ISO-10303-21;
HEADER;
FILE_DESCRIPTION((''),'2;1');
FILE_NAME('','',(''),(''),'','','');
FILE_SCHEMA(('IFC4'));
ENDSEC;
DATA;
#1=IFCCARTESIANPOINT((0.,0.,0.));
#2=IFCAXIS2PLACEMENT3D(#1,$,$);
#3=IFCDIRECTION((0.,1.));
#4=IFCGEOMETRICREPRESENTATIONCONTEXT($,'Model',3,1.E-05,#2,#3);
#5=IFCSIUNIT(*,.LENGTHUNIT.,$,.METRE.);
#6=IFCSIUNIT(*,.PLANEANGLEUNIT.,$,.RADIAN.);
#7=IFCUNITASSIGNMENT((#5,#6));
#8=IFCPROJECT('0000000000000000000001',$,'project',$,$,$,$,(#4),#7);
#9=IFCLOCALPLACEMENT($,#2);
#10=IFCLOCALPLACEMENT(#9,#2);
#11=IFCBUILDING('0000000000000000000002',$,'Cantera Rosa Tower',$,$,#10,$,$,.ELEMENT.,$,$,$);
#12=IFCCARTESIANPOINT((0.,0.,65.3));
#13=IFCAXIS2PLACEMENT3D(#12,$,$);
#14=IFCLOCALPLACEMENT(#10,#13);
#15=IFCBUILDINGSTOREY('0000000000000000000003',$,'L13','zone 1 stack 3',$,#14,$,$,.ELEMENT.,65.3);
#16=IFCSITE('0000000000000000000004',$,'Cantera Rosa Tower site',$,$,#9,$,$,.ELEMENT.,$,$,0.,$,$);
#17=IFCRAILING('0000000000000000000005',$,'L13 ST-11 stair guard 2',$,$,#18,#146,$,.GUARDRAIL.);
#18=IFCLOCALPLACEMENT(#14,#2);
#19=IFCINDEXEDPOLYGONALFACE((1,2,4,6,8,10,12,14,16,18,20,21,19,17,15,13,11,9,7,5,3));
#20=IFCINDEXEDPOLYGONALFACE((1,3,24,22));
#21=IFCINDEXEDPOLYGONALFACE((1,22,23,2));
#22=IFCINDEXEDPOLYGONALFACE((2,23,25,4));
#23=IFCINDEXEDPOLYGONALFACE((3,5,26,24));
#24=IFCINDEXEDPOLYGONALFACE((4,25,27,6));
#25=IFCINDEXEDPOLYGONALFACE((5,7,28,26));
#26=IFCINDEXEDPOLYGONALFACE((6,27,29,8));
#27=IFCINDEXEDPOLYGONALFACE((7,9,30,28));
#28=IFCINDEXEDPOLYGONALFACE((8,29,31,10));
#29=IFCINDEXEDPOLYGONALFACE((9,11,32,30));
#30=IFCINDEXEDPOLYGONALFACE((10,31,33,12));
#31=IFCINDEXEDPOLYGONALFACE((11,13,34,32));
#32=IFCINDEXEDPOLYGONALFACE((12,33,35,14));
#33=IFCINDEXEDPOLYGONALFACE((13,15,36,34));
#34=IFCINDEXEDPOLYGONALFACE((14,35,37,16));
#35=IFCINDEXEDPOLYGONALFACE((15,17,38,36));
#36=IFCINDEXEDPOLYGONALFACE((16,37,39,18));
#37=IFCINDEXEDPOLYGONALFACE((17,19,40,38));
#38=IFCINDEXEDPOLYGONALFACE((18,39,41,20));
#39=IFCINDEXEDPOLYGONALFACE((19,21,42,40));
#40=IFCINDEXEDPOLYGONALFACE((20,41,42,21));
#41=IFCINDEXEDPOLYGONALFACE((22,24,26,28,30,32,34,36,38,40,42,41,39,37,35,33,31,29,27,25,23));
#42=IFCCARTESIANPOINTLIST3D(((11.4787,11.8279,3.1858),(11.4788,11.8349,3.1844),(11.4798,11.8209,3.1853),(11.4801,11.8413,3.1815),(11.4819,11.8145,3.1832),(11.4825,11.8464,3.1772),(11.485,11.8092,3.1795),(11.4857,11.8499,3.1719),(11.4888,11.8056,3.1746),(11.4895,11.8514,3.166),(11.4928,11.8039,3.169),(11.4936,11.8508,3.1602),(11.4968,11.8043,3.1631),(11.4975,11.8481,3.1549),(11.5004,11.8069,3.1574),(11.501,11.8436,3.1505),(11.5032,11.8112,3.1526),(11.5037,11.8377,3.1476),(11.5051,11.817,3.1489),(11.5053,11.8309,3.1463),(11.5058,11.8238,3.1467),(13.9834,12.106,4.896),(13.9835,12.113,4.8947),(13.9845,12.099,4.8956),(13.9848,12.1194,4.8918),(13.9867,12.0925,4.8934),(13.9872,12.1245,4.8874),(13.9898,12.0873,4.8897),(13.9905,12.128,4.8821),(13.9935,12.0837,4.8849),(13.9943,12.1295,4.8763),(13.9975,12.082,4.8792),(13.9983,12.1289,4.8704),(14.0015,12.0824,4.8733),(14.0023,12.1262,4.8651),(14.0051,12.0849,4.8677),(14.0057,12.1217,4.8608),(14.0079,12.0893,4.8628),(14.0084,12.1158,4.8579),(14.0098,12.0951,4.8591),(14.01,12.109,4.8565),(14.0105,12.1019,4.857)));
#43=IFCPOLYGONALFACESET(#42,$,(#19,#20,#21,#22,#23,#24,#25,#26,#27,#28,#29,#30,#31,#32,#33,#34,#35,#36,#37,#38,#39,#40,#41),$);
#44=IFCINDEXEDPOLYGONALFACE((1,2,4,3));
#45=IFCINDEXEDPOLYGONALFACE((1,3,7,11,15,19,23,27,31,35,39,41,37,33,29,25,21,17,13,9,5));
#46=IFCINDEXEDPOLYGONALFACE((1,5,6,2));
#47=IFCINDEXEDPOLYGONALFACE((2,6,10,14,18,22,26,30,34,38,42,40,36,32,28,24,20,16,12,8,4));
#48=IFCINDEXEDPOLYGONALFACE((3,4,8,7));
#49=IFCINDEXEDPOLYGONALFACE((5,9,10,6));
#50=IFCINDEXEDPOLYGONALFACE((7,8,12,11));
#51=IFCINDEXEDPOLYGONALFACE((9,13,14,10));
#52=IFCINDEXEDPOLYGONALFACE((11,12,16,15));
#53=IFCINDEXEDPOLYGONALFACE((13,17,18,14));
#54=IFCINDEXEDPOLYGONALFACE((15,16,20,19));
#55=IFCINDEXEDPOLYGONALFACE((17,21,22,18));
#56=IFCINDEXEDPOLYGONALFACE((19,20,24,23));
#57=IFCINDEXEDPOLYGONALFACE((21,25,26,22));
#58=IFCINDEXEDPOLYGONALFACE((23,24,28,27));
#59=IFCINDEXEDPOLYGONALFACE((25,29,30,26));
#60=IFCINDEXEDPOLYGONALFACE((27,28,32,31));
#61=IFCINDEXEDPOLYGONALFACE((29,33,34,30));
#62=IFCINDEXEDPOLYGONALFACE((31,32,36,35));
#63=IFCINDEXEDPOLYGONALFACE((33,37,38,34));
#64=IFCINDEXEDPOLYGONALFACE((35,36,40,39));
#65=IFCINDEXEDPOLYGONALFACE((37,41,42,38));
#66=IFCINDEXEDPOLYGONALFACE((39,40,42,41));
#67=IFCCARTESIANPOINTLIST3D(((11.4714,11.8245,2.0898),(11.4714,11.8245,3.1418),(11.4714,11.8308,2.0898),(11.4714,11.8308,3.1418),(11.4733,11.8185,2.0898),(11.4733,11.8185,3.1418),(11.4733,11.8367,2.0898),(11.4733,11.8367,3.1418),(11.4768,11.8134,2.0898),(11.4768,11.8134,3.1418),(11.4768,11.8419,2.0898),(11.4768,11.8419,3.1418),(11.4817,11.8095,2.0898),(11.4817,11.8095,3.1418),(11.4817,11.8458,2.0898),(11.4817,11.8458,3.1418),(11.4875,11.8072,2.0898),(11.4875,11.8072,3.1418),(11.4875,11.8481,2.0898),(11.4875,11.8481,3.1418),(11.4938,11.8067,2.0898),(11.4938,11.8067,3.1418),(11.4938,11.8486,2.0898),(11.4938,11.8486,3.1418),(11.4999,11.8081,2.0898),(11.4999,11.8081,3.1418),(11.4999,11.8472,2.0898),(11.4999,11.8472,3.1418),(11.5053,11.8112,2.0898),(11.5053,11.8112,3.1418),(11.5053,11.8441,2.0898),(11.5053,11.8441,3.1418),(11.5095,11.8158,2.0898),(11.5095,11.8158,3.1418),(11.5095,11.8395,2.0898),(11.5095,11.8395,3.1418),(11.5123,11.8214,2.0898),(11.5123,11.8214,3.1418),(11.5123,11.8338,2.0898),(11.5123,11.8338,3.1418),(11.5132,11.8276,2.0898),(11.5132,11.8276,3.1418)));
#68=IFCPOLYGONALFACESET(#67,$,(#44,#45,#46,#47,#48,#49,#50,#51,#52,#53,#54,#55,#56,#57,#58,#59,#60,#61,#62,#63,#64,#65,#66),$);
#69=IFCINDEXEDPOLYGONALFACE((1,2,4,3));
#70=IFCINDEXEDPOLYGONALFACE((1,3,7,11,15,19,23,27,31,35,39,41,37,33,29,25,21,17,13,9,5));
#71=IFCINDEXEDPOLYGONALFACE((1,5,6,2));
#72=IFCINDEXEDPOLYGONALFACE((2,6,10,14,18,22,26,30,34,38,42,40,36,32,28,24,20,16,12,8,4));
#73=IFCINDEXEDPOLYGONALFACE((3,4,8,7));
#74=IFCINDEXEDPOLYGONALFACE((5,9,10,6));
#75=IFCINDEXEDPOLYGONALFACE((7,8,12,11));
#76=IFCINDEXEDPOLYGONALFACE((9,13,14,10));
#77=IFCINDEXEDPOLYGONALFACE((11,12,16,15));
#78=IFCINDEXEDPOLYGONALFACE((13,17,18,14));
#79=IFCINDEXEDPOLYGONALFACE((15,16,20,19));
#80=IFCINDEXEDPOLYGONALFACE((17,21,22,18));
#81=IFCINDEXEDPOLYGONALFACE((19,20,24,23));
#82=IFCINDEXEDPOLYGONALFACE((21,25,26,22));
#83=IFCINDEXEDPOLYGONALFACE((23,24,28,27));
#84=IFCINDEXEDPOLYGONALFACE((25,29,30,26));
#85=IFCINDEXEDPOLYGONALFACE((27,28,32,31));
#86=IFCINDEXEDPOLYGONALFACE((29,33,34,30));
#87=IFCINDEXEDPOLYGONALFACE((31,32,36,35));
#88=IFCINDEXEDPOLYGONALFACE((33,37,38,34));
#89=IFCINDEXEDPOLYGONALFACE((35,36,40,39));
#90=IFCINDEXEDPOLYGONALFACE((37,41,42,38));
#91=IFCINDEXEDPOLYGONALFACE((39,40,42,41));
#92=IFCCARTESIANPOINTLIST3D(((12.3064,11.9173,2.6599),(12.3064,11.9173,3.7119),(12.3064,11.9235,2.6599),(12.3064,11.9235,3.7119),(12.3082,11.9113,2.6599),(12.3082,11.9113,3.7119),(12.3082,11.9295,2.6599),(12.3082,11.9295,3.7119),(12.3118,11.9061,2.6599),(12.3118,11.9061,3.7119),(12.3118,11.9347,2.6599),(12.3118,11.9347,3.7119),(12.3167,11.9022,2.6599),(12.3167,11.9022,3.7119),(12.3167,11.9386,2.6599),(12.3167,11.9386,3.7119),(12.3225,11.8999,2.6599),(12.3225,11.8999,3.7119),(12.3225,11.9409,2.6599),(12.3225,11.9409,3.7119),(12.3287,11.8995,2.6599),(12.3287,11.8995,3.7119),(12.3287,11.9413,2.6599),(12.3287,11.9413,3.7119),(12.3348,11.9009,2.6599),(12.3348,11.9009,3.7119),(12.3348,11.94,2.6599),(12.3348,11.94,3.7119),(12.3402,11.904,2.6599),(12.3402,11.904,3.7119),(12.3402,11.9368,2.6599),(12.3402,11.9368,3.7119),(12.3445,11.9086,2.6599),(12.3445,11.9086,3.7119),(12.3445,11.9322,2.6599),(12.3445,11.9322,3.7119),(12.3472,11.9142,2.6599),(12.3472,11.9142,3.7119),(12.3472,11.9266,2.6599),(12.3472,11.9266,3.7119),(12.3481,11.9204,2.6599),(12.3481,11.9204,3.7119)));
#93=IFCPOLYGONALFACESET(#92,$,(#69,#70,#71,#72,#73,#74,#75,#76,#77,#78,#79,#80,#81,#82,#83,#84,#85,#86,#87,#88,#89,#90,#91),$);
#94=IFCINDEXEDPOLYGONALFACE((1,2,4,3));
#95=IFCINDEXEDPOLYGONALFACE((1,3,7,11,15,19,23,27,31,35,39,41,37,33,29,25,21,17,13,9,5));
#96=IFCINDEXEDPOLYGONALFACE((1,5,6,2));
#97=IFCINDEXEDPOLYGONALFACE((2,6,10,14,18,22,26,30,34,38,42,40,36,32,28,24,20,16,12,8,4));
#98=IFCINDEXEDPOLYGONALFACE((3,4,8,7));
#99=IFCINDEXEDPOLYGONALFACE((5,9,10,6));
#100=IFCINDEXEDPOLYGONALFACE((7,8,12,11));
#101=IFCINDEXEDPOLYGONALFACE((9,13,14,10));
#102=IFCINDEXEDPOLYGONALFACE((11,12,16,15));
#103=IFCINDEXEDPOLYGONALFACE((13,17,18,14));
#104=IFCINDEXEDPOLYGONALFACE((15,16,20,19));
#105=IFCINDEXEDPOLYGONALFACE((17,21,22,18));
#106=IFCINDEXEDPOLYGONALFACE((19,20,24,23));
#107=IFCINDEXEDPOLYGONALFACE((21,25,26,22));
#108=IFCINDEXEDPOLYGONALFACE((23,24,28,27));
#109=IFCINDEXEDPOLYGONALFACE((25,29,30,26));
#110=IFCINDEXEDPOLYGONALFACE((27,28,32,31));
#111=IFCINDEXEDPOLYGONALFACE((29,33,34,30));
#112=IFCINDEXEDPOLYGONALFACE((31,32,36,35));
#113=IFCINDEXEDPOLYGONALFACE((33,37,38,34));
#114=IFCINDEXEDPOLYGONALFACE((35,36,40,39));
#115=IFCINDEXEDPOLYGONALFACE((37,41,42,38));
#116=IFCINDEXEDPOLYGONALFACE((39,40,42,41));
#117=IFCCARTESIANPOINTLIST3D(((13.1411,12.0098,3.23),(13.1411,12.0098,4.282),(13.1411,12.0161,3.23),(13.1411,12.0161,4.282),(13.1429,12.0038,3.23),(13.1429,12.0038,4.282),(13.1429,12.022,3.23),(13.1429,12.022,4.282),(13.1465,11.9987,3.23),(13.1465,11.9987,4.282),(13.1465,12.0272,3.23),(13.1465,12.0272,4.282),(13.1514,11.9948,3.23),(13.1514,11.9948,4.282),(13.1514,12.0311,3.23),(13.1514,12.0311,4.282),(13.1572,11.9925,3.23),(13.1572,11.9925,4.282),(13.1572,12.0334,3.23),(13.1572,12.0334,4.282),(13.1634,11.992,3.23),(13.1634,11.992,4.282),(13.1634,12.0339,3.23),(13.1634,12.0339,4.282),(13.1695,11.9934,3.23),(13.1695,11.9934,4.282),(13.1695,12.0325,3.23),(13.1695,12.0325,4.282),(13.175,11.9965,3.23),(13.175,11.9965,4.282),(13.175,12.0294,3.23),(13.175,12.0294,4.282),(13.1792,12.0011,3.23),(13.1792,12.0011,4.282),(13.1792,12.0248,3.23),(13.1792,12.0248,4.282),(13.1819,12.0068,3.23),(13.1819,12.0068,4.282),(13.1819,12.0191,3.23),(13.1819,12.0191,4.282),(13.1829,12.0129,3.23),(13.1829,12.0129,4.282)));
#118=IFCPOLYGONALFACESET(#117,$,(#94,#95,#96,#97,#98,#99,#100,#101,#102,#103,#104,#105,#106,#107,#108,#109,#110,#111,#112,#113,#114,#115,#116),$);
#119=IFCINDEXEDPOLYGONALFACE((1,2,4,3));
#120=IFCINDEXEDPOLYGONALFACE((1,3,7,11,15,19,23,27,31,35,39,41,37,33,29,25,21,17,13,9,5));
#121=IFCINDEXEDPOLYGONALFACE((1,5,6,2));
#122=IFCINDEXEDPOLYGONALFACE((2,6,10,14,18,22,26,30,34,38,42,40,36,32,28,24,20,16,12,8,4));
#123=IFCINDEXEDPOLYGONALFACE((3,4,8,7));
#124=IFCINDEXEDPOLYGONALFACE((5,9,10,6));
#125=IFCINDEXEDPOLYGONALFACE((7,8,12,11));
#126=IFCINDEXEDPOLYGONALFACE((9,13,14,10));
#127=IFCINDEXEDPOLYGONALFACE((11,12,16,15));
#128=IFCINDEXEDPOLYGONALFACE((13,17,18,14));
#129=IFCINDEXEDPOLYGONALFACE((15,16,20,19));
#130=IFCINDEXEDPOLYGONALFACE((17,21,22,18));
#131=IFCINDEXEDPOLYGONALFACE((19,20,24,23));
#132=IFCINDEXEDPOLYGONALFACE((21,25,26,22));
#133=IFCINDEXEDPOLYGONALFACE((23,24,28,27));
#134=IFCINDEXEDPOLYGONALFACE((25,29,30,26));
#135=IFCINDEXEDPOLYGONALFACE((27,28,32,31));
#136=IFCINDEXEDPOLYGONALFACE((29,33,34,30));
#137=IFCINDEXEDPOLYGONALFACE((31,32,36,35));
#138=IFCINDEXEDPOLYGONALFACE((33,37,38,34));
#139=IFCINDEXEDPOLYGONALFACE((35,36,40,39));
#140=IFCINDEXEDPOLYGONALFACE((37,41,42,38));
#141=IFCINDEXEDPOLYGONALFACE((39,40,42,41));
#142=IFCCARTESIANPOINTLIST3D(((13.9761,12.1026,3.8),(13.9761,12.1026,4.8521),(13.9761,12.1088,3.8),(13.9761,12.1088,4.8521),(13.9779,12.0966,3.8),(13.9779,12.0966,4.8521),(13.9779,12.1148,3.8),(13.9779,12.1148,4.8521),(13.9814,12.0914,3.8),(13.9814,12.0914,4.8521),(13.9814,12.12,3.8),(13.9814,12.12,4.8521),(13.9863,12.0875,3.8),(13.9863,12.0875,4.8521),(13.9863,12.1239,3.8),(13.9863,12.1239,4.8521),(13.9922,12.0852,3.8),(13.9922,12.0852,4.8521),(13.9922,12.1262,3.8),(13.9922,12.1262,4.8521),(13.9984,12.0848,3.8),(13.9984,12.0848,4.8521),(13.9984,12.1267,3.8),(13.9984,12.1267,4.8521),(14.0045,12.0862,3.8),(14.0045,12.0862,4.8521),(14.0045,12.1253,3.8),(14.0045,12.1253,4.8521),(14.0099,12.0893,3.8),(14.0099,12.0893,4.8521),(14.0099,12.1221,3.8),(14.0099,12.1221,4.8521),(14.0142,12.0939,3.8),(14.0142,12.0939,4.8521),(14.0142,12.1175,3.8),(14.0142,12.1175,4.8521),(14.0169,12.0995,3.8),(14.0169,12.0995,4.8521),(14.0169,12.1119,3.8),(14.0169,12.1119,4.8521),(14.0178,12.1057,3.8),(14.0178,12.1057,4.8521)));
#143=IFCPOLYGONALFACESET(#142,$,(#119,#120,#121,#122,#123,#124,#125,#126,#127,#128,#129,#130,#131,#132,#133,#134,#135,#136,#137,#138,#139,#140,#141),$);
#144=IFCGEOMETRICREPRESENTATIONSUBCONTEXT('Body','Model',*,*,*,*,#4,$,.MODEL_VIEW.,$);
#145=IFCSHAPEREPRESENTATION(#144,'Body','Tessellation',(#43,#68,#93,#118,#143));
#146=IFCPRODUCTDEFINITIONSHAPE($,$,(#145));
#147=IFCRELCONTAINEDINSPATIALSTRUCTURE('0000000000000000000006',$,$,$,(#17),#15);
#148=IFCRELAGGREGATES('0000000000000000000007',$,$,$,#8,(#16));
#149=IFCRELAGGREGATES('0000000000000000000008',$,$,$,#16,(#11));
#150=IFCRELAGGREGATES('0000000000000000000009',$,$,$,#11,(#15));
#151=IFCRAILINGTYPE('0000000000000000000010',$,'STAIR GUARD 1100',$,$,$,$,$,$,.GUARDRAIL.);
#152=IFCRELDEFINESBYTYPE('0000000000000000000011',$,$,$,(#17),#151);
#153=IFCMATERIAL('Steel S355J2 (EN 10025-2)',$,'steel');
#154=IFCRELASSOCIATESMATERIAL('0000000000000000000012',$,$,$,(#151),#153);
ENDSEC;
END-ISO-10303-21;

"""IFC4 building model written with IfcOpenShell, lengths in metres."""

from ifc_helpers import new_model, si_unit, direction, frame, origin, origin_2d, place, context, subcontext, project, spatial, circle, extrude, material, type_object, element, save


model = new_model("IFC4")

# Units and contexts
model_context = context("Model", 3, precision=1e-05, world=origin(), true_north=direction((0.0, 1.0)))
body_context = subcontext(model_context, "Body", "Model", "MODEL_VIEW")
ifc_project = project(units=[si_unit("LENGTHUNIT", "METRE"), si_unit("PLANEANGLEUNIT", "RADIAN")], contexts=[model_context])

# Site, building, storey
site_placement = place(None, origin())
site = spatial("IfcSite", under=ifc_project, at=site_placement, Name="Cantera Rosa Tower site", CompositionType="ELEMENT", RefElevation=0.0)
building_placement = place(site_placement, origin())
building = spatial("IfcBuilding", under=site, at=building_placement, Name="Cantera Rosa Tower", CompositionType="ELEMENT")
storey_placement = place(building_placement, frame((0.0, 0.0, 65.3)))
storey = spatial("IfcBuildingStorey", under=building, at=storey_placement, Name="L13", Description="zone 1 stack 3", CompositionType="ELEMENT", Elevation=65.3)

# Railing
ifc_material_1 = material(Name="Steel S355J2 (EN 10025-2)", Category="steel")
railing_type_1 = type_object("IfcRailingType", Name="STAIR GUARD 1100", PredefinedType="GUARDRAIL", material=ifc_material_1)
railing_1_placement = place(storey_placement, frame((11.4922, 11.8276, 2.0898)))
element("IfcRailing", 1, at=railing_1_placement, inside=storey, type_object=railing_type_1, Name="L13 ST-11 stair guard 2", PredefinedType="GUARDRAIL", context=body_context, shape_type="SweptSolid", body=[
    extrude(circle(Radius=0.0239, at=origin_2d()), frame((0.0, 0.0, 1.0762), z_axis=(0.822394, 0.091306, 0.561543), x_axis=(-0.110346, 0.993893, 0.0)), (0.0, 0.0, 1.0), 3.0457),
    extrude(circle(Radius=0.021, at=origin_2d()), origin(), (0.0, 0.0, 1.0), 1.052),
    extrude(circle(Radius=0.021, at=origin_2d()), frame((0.835, 0.0928, 0.5701)), (0.0, 0.0, 1.0), 1.052),
    extrude(circle(Radius=0.021, at=origin_2d()), frame((1.6697, 0.1853, 1.1401)), (0.0, 0.0, 1.0), 1.052),
    extrude(circle(Radius=0.021, at=origin_2d()), frame((2.5046, 0.2781, 1.7102)), (0.0, 0.0, 1.0), 1.052),
])

save(model, "model.ifc")
